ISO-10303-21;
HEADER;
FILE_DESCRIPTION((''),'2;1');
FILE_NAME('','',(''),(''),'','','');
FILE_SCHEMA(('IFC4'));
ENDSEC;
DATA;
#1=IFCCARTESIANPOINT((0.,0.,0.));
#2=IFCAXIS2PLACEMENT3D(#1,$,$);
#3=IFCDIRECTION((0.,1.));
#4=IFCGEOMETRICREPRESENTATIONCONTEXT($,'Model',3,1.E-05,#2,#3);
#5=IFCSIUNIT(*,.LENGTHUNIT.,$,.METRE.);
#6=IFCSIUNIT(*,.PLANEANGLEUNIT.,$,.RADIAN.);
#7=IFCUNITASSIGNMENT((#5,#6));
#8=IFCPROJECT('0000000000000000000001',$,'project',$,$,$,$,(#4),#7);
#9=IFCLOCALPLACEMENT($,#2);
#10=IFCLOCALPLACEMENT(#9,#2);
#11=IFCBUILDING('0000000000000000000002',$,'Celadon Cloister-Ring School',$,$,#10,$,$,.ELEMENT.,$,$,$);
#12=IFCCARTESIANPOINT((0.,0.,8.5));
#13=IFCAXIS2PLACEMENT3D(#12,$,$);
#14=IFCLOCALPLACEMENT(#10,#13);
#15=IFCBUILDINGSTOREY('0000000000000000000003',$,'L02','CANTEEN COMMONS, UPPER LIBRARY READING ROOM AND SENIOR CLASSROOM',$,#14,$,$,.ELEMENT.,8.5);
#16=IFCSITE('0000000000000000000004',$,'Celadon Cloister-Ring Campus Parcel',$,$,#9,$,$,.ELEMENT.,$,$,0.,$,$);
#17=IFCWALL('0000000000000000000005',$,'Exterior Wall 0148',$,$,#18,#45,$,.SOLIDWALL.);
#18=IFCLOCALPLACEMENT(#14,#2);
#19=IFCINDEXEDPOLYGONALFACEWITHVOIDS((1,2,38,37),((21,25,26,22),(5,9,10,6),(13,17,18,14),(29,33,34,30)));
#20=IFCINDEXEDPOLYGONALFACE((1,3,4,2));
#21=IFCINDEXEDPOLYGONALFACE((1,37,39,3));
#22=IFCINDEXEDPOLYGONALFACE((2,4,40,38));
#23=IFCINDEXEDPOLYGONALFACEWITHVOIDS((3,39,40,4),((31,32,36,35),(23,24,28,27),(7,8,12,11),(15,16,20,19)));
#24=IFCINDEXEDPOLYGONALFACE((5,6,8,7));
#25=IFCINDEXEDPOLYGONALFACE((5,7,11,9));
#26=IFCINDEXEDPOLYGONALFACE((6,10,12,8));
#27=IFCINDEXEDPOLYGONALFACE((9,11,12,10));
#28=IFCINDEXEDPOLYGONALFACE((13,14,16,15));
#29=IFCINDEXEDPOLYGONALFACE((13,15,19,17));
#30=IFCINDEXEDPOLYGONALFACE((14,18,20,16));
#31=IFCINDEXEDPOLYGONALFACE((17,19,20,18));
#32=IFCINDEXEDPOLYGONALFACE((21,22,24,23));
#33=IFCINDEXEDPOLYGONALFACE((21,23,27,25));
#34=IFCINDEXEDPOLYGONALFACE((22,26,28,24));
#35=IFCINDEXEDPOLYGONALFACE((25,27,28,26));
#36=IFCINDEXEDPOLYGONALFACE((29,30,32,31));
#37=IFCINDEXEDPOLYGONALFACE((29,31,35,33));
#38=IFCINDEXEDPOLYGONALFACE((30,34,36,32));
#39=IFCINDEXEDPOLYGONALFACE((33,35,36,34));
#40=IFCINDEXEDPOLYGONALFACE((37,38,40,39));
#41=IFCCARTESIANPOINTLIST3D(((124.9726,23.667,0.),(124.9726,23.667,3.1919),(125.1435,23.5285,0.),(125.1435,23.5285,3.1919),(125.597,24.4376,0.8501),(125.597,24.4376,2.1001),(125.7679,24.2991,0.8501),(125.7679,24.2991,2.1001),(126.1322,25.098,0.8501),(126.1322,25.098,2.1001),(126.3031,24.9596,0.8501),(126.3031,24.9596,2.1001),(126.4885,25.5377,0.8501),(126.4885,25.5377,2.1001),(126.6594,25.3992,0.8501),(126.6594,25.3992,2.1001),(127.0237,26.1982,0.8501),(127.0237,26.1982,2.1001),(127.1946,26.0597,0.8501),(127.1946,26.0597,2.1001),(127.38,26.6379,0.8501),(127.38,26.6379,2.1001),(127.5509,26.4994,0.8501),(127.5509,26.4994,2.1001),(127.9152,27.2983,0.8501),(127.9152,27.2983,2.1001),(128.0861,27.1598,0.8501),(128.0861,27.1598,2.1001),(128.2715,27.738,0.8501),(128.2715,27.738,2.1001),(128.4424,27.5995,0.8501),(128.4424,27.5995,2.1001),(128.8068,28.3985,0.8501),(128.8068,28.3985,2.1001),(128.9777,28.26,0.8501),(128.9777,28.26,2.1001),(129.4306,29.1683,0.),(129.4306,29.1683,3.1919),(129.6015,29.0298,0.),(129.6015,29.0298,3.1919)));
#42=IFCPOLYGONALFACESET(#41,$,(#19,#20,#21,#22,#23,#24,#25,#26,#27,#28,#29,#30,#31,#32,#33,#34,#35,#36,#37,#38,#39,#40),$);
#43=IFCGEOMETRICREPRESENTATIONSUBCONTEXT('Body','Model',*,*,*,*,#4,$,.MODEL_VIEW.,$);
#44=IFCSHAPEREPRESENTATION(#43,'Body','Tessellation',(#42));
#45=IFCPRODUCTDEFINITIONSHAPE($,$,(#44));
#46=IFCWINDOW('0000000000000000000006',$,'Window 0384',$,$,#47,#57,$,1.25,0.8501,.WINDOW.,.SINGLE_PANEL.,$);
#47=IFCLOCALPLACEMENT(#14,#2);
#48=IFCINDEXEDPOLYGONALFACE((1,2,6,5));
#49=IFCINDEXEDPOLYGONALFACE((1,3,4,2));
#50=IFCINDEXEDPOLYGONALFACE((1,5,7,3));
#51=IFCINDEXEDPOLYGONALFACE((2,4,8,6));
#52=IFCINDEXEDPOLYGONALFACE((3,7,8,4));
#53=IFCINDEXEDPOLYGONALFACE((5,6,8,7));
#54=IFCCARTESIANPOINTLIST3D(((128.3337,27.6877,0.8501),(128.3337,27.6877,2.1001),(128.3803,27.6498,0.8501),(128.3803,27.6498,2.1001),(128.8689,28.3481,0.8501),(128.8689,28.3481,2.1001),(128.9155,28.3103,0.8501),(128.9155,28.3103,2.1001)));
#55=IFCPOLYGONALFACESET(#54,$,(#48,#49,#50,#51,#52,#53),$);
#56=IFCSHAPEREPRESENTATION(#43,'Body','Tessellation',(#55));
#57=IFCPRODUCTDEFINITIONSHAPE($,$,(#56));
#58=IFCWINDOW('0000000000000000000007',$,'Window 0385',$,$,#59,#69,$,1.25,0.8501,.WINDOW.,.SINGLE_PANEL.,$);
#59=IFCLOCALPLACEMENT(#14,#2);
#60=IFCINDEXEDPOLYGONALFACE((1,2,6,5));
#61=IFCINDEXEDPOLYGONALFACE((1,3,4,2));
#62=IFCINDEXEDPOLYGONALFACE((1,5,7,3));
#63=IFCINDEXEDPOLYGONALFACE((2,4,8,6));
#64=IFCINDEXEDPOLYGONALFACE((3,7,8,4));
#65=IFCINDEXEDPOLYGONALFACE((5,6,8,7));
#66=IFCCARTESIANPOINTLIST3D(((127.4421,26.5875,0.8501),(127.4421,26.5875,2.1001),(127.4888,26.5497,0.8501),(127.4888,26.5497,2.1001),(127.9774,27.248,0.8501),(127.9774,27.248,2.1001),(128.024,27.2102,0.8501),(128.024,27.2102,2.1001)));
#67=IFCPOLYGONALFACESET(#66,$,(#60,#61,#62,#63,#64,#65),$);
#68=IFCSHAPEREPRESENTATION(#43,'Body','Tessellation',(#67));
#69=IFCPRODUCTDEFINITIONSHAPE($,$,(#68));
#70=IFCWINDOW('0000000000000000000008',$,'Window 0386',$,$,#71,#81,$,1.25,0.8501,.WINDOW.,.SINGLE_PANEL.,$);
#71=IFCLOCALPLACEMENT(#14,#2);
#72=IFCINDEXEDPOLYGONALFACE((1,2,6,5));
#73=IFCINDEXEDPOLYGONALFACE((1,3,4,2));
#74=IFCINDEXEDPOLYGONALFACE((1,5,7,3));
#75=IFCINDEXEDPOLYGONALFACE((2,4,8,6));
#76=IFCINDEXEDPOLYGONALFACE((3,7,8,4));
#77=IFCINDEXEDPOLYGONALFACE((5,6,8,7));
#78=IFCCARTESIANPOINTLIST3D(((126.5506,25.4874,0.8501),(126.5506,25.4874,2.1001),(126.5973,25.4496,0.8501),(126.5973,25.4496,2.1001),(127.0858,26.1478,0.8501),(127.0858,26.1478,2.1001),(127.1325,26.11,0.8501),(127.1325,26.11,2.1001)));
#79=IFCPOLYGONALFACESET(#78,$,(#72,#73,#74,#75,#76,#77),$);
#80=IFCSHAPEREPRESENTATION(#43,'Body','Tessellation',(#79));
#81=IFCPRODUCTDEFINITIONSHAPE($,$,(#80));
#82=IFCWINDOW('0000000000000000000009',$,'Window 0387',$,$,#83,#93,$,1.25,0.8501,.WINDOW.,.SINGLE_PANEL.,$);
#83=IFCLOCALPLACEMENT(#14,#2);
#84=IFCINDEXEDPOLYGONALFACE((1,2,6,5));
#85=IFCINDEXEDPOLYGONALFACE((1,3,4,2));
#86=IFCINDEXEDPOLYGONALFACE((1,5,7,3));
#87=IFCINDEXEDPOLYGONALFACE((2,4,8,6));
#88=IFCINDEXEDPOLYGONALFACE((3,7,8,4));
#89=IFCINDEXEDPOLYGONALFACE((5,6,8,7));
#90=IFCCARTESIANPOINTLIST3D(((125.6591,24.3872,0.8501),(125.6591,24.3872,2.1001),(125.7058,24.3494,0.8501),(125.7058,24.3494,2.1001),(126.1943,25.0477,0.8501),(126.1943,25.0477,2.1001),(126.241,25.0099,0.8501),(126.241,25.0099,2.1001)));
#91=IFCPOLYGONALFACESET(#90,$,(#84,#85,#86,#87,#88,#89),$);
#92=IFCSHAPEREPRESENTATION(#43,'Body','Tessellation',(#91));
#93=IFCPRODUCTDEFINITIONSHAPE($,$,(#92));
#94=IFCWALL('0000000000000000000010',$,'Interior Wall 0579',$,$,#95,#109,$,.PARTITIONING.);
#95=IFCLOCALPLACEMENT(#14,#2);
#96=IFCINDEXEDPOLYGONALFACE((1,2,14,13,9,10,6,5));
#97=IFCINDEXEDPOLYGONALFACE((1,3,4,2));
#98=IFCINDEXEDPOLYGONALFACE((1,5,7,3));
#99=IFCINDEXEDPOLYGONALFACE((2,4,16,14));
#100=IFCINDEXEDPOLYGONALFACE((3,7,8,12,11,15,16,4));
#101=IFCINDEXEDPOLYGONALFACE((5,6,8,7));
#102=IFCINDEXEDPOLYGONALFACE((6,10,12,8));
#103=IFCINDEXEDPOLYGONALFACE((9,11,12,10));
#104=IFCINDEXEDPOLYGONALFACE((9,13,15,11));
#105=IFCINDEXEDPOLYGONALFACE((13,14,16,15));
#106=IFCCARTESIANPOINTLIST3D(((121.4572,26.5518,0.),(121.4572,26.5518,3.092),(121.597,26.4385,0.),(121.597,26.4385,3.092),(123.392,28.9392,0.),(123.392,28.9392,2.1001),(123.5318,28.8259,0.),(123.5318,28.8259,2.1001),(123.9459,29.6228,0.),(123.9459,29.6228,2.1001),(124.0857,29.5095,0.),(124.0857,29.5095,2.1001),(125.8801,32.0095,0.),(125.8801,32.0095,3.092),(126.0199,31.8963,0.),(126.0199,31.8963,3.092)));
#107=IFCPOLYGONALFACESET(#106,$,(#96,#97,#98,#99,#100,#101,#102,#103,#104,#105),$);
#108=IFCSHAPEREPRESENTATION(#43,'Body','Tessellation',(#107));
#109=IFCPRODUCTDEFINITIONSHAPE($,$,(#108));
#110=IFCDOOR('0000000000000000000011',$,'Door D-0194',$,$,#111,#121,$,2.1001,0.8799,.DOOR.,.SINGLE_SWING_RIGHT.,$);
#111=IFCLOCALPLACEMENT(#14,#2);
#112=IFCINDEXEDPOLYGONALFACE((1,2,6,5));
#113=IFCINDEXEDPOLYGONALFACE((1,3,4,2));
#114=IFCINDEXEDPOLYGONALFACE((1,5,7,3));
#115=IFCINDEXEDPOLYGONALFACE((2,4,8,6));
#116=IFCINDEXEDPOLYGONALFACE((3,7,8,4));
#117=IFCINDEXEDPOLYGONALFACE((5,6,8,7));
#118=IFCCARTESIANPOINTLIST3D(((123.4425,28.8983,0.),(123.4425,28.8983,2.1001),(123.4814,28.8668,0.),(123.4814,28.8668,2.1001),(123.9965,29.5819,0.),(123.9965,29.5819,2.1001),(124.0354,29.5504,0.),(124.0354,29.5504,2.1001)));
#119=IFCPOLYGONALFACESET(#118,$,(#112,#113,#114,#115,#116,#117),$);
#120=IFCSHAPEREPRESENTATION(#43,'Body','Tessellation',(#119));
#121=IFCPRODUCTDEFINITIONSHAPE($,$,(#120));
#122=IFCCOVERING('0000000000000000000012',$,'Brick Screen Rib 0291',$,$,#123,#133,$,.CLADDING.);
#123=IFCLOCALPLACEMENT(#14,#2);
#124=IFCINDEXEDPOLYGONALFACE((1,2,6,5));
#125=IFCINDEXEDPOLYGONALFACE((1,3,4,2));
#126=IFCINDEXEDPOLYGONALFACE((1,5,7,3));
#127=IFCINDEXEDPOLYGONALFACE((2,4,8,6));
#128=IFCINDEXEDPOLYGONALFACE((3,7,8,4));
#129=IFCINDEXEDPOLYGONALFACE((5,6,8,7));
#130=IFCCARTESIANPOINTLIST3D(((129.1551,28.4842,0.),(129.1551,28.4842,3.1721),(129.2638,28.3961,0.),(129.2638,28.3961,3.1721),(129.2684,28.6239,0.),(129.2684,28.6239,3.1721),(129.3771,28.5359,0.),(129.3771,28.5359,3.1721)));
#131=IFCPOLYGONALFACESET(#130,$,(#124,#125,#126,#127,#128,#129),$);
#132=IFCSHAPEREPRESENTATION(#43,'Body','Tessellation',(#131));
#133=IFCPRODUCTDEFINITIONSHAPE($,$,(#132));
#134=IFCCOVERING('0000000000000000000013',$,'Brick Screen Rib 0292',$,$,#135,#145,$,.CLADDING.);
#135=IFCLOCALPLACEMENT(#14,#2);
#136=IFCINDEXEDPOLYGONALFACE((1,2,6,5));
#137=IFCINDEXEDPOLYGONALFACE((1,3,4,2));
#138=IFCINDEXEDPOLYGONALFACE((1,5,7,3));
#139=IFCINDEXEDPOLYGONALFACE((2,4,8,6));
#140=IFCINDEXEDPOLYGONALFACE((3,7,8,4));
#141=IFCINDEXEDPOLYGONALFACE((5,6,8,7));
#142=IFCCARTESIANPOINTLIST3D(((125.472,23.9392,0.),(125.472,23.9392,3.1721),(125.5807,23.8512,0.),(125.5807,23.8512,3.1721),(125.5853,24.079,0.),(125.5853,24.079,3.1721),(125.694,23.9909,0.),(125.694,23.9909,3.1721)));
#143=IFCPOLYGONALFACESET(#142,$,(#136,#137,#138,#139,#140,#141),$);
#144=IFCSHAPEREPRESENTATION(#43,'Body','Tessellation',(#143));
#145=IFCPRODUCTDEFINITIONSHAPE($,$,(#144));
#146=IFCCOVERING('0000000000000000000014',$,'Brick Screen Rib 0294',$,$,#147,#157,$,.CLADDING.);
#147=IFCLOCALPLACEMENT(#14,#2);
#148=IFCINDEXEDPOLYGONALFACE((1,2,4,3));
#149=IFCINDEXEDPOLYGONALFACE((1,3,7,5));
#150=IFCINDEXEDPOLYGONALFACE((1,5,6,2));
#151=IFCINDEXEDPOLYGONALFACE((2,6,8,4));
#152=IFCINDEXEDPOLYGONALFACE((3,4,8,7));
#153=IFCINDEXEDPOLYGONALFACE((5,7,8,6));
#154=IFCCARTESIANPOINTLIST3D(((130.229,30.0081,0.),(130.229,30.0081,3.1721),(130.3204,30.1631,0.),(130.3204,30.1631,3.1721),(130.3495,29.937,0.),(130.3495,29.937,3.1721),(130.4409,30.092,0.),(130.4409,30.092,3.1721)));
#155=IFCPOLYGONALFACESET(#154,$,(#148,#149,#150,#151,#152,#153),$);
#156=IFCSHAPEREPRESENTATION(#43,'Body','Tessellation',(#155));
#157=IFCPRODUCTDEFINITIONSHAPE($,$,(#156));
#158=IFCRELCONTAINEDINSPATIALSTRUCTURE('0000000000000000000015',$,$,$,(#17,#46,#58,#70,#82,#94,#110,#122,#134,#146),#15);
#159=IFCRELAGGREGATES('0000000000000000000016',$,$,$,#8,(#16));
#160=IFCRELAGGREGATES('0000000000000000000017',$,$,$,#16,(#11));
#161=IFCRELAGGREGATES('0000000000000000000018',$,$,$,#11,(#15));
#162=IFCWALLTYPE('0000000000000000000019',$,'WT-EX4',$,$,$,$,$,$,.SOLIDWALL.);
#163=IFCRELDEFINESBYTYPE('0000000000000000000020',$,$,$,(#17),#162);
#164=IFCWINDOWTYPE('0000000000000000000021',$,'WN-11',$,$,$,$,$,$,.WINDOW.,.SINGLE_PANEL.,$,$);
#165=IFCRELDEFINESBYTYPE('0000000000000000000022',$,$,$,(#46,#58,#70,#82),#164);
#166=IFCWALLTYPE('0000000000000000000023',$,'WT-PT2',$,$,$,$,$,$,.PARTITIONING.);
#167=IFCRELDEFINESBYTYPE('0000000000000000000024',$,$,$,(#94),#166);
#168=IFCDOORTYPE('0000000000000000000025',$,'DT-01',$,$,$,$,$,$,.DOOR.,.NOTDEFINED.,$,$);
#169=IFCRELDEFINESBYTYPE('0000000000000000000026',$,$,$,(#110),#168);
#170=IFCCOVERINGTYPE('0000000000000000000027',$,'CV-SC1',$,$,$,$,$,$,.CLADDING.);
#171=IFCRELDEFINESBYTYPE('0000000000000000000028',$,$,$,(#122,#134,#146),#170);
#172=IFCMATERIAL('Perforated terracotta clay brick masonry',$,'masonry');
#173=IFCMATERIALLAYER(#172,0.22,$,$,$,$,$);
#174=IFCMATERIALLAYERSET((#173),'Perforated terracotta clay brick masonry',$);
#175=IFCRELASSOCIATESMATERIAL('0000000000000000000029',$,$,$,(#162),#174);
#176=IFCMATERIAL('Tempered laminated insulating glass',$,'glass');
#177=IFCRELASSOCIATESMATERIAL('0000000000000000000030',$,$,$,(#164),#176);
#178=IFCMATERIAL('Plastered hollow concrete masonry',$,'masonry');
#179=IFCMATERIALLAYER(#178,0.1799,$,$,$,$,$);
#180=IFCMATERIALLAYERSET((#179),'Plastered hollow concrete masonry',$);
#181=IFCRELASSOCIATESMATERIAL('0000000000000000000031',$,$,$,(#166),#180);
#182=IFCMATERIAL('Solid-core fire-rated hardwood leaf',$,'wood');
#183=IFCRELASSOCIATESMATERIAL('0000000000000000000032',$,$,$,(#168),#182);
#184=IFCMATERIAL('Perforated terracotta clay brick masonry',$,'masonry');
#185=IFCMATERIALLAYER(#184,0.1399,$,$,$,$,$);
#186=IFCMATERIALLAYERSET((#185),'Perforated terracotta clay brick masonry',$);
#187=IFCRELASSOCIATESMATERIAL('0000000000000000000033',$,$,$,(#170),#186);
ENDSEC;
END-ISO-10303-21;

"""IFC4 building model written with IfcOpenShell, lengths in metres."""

from ifc_helpers import new_model, si_unit, direction, frame, frame_2d, origin, origin_2d, place, context, subcontext, project, spatial, rectangle, extrude, material, layer, layer_set, type_object, element, fill, save


model = new_model("IFC4")

# Units and contexts
model_context = context("Model", 3, precision=1e-05, world=origin(), true_north=direction((0.0, 1.0)))
body_context = subcontext(model_context, "Body", "Model", "MODEL_VIEW")
ifc_project = project(units=[si_unit("LENGTHUNIT", "METRE"), si_unit("PLANEANGLEUNIT", "RADIAN")], contexts=[model_context])

# Site, building, storey
site_placement = place(None, origin())
site = spatial("IfcSite", under=ifc_project, at=site_placement, Name="Celadon Cloister-Ring Campus Parcel", CompositionType="ELEMENT", RefElevation=0.0)
building_placement = place(site_placement, origin())
building = spatial("IfcBuilding", under=site, at=building_placement, Name="Celadon Cloister-Ring School", CompositionType="ELEMENT")
storey_placement = place(building_placement, frame((0.0, 0.0, 8.5)))
storey = spatial("IfcBuildingStorey", under=building, at=storey_placement, Name="L02", Description="CANTEEN COMMONS, UPPER LIBRARY READING ROOM AND SENIOR CLASSROOM", CompositionType="ELEMENT", Elevation=8.5)

# Wall, openings, windows
ifc_material_1 = material(Name="Perforated terracotta clay brick masonry", Category="masonry")
ifc_layer_1 = layer(ifc_material_1, 0.22)
ifc_layer_set_1 = layer_set([ifc_layer_1], Name="Perforated terracotta clay brick masonry")
wall_type_1 = type_object("IfcWallType", Name="WT-EX4", PredefinedType="SOLIDWALL", material=ifc_layer_set_1)
wall_1_placement = place(storey_placement, frame((129.5161, 29.0991, 0.0), z_axis=(0.0, 0.0, 1.0), x_axis=(-0.629594, -0.776924, 0.0)))
wall_1 = element("IfcWall", 1, at=wall_1_placement, inside=storey, type_object=wall_type_1, Name="Exterior Wall 0148", PredefinedType="SOLIDWALL", context=body_context, shape_type="SweptSolid", body=[
    extrude(rectangle(XDim=7.0808, YDim=0.22, at=frame_2d((3.5405, 0.0))), origin(), (0.0, 0.0, 1.0), 3.1919),
])
opening_1_placement = place(wall_1_placement, frame((0.991, 0.0, 0.8501)))
opening_1 = element("IfcOpeningElement", 2, at=opening_1_placement, cuts=wall_1, PredefinedType="OPENING", context=body_context, shape_type="SweptSolid", body=[
    extrude(rectangle(XDim=0.8501, YDim=1.25, at=frame_2d((0.425, 0.625))), frame((0.0, 0.1201, 0.0), z_axis=(0.0, -1.0, 0.0), x_axis=(1.0, 0.0, 0.0)), (0.0, 0.0, 1.0), 0.24),
])
opening_2_placement = place(wall_1_placement, frame((2.407, 0.0, 0.8501)))
opening_2 = element("IfcOpeningElement", 3, at=opening_2_placement, cuts=wall_1, PredefinedType="OPENING", context=body_context, shape_type="SweptSolid", body=[
    extrude(rectangle(XDim=0.8501, YDim=1.25, at=frame_2d((0.425, 0.625))), frame((0.0, 0.1201, 0.0), z_axis=(0.0, -1.0, 0.0), x_axis=(1.0, 0.0, 0.0)), (0.0, 0.0, 1.0), 0.24),
])
opening_3_placement = place(wall_1_placement, frame((3.823, 0.0, 0.8501)))
opening_3 = element("IfcOpeningElement", 4, at=opening_3_placement, cuts=wall_1, PredefinedType="OPENING", context=body_context, shape_type="SweptSolid", body=[
    extrude(rectangle(XDim=0.8501, YDim=1.25, at=frame_2d((0.425, 0.625))), frame((0.0, 0.1201, 0.0), z_axis=(0.0, -1.0, 0.0), x_axis=(1.0, 0.0, 0.0)), (0.0, 0.0, 1.0), 0.24),
])
opening_4_placement = place(wall_1_placement, frame((5.239, 0.0, 0.8501)))
opening_4 = element("IfcOpeningElement", 5, at=opening_4_placement, cuts=wall_1, PredefinedType="OPENING", context=body_context, shape_type="SweptSolid", body=[
    extrude(rectangle(XDim=0.8501, YDim=1.25, at=frame_2d((0.425, 0.625))), frame((0.0, 0.1201, 0.0), z_axis=(0.0, -1.0, 0.0), x_axis=(1.0, 0.0, 0.0)), (0.0, 0.0, 1.0), 0.24),
])
ifc_material_2 = material(Name="Tempered laminated insulating glass", Category="glass")
window_type_1 = type_object("IfcWindowType", Name="WN-11", PartitioningType="SINGLE_PANEL", PredefinedType="WINDOW", material=ifc_material_2)
window_1_placement = place(opening_1_placement, origin())
window_1 = element("IfcWindow", 6, at=window_1_placement, inside=storey, type_object=window_type_1, Name="Window 0384", OverallHeight=1.25, OverallWidth=0.8501, PartitioningType="SINGLE_PANEL", PredefinedType="WINDOW", context=body_context, shape_type="SweptSolid", body=[
    extrude(rectangle(XDim=0.8501, YDim=1.25, at=frame_2d((0.425, 0.625))), frame((0.0, 0.03, 0.0), z_axis=(0.0, -1.0, 0.0), x_axis=(1.0, 0.0, 0.0)), (0.0, 0.0, 1.0), 0.0601),
])
fill(opening_1, window_1)
window_2_placement = place(opening_2_placement, origin())
window_2 = element("IfcWindow", 7, at=window_2_placement, inside=storey, type_object=window_type_1, Name="Window 0385", OverallHeight=1.25, OverallWidth=0.8501, PartitioningType="SINGLE_PANEL", PredefinedType="WINDOW", context=body_context, shape_type="SweptSolid", body=[
    extrude(rectangle(XDim=0.8501, YDim=1.25, at=frame_2d((0.425, 0.625))), frame((0.0, 0.03, 0.0), z_axis=(0.0, -1.0, 0.0), x_axis=(1.0, 0.0, 0.0)), (0.0, 0.0, 1.0), 0.0601),
])
fill(opening_2, window_2)
window_3_placement = place(opening_3_placement, origin())
window_3 = element("IfcWindow", 8, at=window_3_placement, inside=storey, type_object=window_type_1, Name="Window 0386", OverallHeight=1.25, OverallWidth=0.8501, PartitioningType="SINGLE_PANEL", PredefinedType="WINDOW", context=body_context, shape_type="SweptSolid", body=[
    extrude(rectangle(XDim=0.8501, YDim=1.25, at=frame_2d((0.425, 0.625))), frame((0.0, 0.03, 0.0), z_axis=(0.0, -1.0, 0.0), x_axis=(1.0, 0.0, 0.0)), (0.0, 0.0, 1.0), 0.0601),
])
fill(opening_3, window_3)
window_4_placement = place(opening_4_placement, origin())
window_4 = element("IfcWindow", 9, at=window_4_placement, inside=storey, type_object=window_type_1, Name="Window 0387", OverallHeight=1.25, OverallWidth=0.8501, PartitioningType="SINGLE_PANEL", PredefinedType="WINDOW", context=body_context, shape_type="SweptSolid", body=[
    extrude(rectangle(XDim=0.8501, YDim=1.25, at=frame_2d((0.425, 0.625))), frame((0.0, 0.03, 0.0), z_axis=(0.0, -1.0, 0.0), x_axis=(1.0, 0.0, 0.0)), (0.0, 0.0, 1.0), 0.0601),
])
fill(opening_4, window_4)

# Wall, opening, door
ifc_material_3 = material(Name="Plastered hollow concrete masonry", Category="masonry")
ifc_layer_2 = layer(ifc_material_3, 0.1799)
ifc_layer_set_2 = layer_set([ifc_layer_2], Name="Plastered hollow concrete masonry")
wall_type_2 = type_object("IfcWallType", Name="WT-PT2", PredefinedType="PARTITIONING", material=ifc_layer_set_2)
wall_2_placement = place(storey_placement, frame((121.5271, 26.4951, 0.0), z_axis=(0.0, 0.0, 1.0), x_axis=(0.629599, 0.77692, 0.0)))
wall_2 = element("IfcWall", 10, at=wall_2_placement, inside=storey, type_object=wall_type_2, Name="Interior Wall 0579", PredefinedType="PARTITIONING", context=body_context, shape_type="SweptSolid", body=[
    extrude(rectangle(XDim=7.0249, YDim=0.1799, at=frame_2d((3.5125, 0.0))), origin(), (0.0, 0.0, 1.0), 3.092),
])
opening_5_placement = place(wall_2_placement, frame((3.073, 0.0, 0.0)))
opening_5 = element("IfcOpeningElement", 11, at=opening_5_placement, cuts=wall_2, PredefinedType="OPENING", context=body_context, shape_type="SweptSolid", body=[
    extrude(rectangle(XDim=0.8799, YDim=2.1001, at=frame_2d((0.4399, 1.05))), frame((0.0, 0.1001, 0.0), z_axis=(0.0, -1.0, 0.0), x_axis=(1.0, 0.0, 0.0)), (0.0, 0.0, 1.0), 0.2),
])
ifc_material_4 = material(Name="Solid-core fire-rated hardwood leaf", Category="wood")
door_type = type_object("IfcDoorType", Name="DT-01", OperationType="NOTDEFINED", PredefinedType="DOOR", material=ifc_material_4)
door_placement = place(opening_5_placement, origin())
door = element("IfcDoor", 12, at=door_placement, inside=storey, type_object=door_type, Name="Door D-0194", OperationType="SINGLE_SWING_RIGHT", OverallHeight=2.1001, OverallWidth=0.8799, PredefinedType="DOOR", context=body_context, shape_type="SweptSolid", body=[
    extrude(rectangle(XDim=0.8799, YDim=2.1001, at=frame_2d((0.4399, 1.05))), frame((0.0, 0.0249, 0.0), z_axis=(0.0, -1.0, 0.0), x_axis=(1.0, 0.0, 0.0)), (0.0, 0.0, 1.0), 0.05),
])
fill(opening_5, door)

# Coverings
ifc_material_5 = material(Name="Perforated terracotta clay brick masonry", Category="masonry")
ifc_layer_3 = layer(ifc_material_5, 0.1399)
ifc_layer_set_3 = layer_set([ifc_layer_3], Name="Perforated terracotta clay brick masonry")
covering_type = type_object("IfcCoveringType", Name="CV-SC1", PredefinedType="CLADDING", material=ifc_layer_set_3)
for number, where, z_axis, x_axis, name in (
    (13, (129.2661, 28.51, 0.0), (0.0, 0.0, 1.0), (-0.629605, -0.776915, 0.0), "Brick Screen Rib 0291"),
    (14, (125.583, 23.9651, 0.0), (0.0, 0.0, 1.0), (-0.629605, -0.776915, 0.0), "Brick Screen Rib 0292"),
    (15, (130.335, 30.05, 0.0), (0.0, 0.0, 1.0), (-0.507944, -0.86139, 0.0), "Brick Screen Rib 0294"),
):
    element("IfcCovering", number, at=place(storey_placement, frame(where, z_axis=z_axis, x_axis=x_axis)), inside=storey, type_object=covering_type, Name=name, PredefinedType="CLADDING", context=body_context, shape_type="SweptSolid", body=[
        extrude(rectangle(XDim=0.1799, YDim=0.1399, at=origin_2d()), origin(), (0.0, 0.0, 1.0), 3.1721),
    ])

save(model, "model.ifc")
